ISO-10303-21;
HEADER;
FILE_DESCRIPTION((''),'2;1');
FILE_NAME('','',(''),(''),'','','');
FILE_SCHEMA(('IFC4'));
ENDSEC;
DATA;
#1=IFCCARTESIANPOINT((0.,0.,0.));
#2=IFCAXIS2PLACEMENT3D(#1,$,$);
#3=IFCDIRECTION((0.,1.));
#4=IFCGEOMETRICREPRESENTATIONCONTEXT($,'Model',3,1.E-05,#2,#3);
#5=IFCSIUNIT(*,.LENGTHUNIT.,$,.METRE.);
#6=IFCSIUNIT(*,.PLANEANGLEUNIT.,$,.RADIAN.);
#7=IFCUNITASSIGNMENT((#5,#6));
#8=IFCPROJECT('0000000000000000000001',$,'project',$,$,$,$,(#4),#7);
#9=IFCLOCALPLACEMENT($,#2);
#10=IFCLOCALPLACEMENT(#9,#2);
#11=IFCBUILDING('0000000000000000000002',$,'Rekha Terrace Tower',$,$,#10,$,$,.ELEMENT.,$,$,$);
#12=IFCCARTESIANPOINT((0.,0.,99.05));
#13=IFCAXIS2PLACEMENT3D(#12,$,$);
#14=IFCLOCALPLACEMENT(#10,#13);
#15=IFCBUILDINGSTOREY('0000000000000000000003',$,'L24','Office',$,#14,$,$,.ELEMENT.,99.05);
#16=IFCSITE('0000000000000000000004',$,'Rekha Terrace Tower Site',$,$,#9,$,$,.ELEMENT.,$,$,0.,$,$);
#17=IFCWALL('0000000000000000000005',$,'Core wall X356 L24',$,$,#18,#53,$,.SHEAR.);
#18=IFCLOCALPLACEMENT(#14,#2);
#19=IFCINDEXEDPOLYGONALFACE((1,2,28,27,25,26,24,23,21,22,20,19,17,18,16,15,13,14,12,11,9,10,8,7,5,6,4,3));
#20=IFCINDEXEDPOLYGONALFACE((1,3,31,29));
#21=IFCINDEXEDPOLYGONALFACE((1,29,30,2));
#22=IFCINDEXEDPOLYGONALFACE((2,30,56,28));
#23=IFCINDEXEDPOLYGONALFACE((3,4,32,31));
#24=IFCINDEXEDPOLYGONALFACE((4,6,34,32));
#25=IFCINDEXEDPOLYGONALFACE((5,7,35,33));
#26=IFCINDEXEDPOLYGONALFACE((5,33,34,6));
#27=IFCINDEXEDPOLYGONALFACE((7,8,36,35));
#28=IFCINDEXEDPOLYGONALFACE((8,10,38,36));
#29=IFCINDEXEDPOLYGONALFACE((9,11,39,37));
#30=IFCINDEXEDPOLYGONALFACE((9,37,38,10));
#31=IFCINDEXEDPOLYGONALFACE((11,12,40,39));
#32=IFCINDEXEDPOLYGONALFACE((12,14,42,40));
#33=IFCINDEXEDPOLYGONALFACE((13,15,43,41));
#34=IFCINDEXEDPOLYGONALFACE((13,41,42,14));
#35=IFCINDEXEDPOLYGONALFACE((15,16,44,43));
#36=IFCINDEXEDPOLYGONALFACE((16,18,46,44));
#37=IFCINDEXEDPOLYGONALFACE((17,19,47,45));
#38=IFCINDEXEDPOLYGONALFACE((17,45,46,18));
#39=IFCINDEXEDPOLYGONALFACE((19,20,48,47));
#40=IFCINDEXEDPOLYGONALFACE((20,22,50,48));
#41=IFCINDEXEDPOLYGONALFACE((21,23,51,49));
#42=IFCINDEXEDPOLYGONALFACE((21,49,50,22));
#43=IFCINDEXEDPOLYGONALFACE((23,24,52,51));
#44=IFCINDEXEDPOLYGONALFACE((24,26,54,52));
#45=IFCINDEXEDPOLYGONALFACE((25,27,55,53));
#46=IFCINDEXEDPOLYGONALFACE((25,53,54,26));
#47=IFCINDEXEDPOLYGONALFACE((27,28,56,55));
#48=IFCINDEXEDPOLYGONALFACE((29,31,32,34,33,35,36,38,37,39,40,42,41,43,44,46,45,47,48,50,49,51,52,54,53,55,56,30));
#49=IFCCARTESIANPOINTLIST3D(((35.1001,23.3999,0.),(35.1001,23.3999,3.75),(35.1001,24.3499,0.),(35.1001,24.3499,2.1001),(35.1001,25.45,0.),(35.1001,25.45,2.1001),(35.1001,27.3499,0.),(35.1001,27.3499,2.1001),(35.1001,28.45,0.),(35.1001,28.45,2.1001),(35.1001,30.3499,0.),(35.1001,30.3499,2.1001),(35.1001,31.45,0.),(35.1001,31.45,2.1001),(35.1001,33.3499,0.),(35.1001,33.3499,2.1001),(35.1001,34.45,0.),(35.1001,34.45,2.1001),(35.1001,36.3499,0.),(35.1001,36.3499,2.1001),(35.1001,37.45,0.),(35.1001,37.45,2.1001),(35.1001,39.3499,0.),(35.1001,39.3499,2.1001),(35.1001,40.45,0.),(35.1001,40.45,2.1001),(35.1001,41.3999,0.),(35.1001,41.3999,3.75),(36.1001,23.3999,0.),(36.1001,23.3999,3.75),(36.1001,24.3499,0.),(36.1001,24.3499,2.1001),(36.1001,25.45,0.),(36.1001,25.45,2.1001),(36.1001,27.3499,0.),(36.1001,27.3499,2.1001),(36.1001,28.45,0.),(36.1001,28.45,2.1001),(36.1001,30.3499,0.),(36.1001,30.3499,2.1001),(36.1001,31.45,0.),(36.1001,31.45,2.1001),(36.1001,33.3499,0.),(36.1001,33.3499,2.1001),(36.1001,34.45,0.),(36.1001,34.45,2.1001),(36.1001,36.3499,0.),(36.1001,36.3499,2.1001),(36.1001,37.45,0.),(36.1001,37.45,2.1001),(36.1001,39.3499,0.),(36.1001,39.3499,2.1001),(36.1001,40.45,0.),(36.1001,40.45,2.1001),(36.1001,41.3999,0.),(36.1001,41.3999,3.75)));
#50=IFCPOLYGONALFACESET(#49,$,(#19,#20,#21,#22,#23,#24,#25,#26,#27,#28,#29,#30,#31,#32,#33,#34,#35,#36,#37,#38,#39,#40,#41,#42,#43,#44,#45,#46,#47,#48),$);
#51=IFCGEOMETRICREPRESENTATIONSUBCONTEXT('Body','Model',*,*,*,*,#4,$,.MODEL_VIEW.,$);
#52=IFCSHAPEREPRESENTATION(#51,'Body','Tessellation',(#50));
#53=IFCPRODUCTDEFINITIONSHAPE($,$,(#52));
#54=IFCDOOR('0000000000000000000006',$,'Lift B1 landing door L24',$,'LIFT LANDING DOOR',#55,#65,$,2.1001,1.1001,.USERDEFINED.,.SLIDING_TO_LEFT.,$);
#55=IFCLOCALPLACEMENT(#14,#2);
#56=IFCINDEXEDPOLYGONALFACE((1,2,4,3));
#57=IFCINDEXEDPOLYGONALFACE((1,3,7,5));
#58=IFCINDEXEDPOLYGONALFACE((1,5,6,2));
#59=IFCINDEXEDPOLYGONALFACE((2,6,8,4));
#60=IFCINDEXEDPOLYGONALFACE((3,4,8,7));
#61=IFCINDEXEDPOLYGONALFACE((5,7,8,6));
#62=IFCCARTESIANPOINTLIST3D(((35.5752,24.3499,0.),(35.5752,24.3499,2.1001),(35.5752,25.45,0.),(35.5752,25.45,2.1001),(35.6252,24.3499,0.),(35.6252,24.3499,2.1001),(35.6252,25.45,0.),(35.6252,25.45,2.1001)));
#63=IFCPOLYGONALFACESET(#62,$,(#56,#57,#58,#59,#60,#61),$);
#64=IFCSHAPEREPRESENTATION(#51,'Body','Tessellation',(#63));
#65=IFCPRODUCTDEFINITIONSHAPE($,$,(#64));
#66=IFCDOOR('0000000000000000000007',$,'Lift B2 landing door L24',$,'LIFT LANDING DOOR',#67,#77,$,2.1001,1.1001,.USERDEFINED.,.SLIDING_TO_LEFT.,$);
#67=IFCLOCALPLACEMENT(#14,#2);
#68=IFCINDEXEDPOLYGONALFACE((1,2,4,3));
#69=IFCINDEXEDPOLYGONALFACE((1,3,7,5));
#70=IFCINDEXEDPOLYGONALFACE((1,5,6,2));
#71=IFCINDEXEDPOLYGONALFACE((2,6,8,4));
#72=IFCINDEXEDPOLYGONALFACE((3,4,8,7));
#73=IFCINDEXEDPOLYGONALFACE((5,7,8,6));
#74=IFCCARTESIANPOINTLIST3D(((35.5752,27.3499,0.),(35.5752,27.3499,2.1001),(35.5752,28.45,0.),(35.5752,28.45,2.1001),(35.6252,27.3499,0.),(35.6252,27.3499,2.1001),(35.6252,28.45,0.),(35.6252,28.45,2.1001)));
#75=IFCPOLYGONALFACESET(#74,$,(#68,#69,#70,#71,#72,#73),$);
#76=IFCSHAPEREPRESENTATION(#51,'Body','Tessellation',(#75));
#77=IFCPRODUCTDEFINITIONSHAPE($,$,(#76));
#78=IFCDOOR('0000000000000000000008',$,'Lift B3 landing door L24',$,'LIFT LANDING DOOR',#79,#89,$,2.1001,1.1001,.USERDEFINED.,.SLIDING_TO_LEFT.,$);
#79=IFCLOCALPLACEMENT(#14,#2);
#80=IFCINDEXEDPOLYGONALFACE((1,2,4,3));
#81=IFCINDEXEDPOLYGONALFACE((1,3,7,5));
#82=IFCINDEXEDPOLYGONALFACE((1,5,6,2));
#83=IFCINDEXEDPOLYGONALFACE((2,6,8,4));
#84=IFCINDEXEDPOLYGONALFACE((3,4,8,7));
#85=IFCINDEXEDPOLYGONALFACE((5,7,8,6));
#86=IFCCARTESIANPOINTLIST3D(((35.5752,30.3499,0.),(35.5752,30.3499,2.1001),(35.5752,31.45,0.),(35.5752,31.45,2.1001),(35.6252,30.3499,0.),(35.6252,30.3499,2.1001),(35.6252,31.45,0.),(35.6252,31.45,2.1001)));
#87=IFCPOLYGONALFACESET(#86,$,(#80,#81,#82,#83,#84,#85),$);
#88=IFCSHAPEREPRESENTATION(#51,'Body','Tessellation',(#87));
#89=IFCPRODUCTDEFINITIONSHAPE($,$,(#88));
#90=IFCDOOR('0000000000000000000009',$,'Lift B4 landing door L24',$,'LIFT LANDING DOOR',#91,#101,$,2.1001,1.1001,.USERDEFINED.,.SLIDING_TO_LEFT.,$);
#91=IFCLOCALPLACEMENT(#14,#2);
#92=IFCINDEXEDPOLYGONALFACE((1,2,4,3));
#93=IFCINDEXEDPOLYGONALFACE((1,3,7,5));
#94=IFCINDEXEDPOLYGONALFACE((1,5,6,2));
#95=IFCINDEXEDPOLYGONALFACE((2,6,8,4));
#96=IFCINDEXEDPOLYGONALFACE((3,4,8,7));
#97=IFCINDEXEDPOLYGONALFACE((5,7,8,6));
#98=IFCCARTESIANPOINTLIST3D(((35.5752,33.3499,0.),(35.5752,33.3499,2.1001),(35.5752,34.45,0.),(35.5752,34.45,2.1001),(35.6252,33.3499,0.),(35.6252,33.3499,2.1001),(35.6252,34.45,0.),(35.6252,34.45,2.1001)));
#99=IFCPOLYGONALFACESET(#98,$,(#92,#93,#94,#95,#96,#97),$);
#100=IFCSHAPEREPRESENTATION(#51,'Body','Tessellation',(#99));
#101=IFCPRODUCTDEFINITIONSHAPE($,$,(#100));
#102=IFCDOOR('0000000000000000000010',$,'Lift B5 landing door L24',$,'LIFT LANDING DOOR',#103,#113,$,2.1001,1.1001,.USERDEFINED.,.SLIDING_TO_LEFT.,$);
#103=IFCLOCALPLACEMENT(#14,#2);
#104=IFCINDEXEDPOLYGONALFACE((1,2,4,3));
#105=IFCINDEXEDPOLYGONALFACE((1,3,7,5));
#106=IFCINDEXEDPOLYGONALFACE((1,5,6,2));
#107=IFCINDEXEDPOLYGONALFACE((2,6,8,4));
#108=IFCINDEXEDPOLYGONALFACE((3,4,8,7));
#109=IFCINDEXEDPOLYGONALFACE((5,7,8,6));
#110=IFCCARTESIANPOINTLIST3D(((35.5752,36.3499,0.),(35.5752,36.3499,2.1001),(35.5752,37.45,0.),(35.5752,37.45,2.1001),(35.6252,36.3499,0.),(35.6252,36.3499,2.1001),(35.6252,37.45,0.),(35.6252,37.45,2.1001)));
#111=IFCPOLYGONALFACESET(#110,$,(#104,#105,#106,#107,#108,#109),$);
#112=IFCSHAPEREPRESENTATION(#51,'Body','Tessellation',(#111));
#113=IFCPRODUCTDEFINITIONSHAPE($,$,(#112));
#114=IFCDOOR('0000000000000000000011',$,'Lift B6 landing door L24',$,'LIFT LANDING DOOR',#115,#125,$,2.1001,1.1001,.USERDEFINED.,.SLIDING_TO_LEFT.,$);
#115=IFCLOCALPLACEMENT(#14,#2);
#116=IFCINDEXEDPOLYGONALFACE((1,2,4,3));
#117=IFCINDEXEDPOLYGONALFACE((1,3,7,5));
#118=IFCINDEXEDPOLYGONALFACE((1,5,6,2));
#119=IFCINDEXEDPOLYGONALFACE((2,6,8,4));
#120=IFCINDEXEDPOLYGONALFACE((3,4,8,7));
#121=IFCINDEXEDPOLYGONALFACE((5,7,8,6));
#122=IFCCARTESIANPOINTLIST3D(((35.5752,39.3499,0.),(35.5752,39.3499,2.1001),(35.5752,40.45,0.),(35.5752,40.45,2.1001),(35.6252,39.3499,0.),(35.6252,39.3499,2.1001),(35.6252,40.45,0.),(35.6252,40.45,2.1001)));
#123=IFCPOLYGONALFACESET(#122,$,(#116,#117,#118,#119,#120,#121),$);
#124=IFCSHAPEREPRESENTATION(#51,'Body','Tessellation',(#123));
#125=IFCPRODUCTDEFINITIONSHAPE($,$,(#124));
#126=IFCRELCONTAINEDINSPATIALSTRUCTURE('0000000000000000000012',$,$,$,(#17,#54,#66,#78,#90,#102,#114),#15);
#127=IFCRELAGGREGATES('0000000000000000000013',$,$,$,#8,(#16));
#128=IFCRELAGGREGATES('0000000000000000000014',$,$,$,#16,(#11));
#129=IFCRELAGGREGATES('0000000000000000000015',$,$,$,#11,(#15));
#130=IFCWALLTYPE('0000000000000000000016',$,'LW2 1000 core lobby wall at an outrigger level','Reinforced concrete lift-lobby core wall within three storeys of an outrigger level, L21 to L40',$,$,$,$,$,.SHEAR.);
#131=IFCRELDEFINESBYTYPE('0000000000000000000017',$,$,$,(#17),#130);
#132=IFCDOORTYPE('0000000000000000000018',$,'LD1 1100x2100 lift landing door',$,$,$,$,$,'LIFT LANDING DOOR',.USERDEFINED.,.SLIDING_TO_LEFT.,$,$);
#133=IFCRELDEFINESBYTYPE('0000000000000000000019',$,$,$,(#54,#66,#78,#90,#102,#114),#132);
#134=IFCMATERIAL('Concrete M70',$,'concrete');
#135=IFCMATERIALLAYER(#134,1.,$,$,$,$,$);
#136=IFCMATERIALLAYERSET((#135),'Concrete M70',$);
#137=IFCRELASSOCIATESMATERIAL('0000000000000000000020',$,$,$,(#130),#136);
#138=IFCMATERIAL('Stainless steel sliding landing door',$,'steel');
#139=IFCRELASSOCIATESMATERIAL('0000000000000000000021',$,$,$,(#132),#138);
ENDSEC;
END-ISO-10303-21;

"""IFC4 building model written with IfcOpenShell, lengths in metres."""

from ifc_helpers import new_model, si_unit, direction, frame, frame_2d, origin, place, context, subcontext, project, spatial, rectangle, extrude, material, layer, layer_set, type_object, element, fill, save


model = new_model("IFC4")

# Units and contexts
model_context = context("Model", 3, precision=1e-05, world=origin(), true_north=direction((0.0, 1.0)))
body_context = subcontext(model_context, "Body", "Model", "MODEL_VIEW")
ifc_project = project(units=[si_unit("LENGTHUNIT", "METRE"), si_unit("PLANEANGLEUNIT", "RADIAN")], contexts=[model_context])

# Site, building, storey
site_placement = place(None, origin())
site = spatial("IfcSite", under=ifc_project, at=site_placement, Name="Rekha Terrace Tower Site", CompositionType="ELEMENT", RefElevation=0.0)
building_placement = place(site_placement, origin())
building = spatial("IfcBuilding", under=site, at=building_placement, Name="Rekha Terrace Tower", CompositionType="ELEMENT")
storey_placement = place(building_placement, frame((0.0, 0.0, 99.05)))
storey = spatial("IfcBuildingStorey", under=building, at=storey_placement, Name="L24", Description="Office", CompositionType="ELEMENT", Elevation=99.05)

# Shared definitions
ifc_material_1 = material(Name="Concrete M70", Category="concrete")

# Wall, openings, doors
ifc_layer_1 = layer(ifc_material_1, 1.0)
ifc_layer_set_1 = layer_set([ifc_layer_1], Name="Concrete M70")
wall_type_1 = type_object("IfcWallType", Name="LW2 1000 core lobby wall at an outrigger level", Description="Reinforced concrete lift-lobby core wall within three storeys of an outrigger level, L21 to L40", PredefinedType="SHEAR", material=ifc_layer_set_1)
wall_1_placement = place(storey_placement, frame((35.6001, 23.3999, 0.0), z_axis=(0.0, 0.0, 1.0), x_axis=(0.0, 1.0, 0.0)))
wall_1 = element("IfcWall", 1, at=wall_1_placement, inside=storey, type_object=wall_type_1, Name="Core wall X356 L24", PredefinedType="SHEAR", context=body_context, shape_type="SweptSolid", body=[
    extrude(rectangle(XDim=18.0, YDim=1.0, at=frame_2d((9.0, 0.0))), origin(), (0.0, 0.0, 1.0), 3.75),
])
opening_1_placement = place(wall_1_placement, frame((0.95, 0.0, 0.0)))
opening_1 = element("IfcOpeningElement", 2, at=opening_1_placement, cuts=wall_1, PredefinedType="OPENING", context=body_context, shape_type="SweptSolid", body=[
    extrude(rectangle(XDim=1.1001, YDim=2.1001, at=frame_2d((0.55, 1.05))), frame((0.0, 0.51, 0.0), z_axis=(0.0, -1.0, 0.0), x_axis=(1.0, 0.0, 0.0)), (0.0, 0.0, 1.0), 1.02),
])
opening_2_placement = place(wall_1_placement, frame((3.95, 0.0, 0.0)))
opening_2 = element("IfcOpeningElement", 3, at=opening_2_placement, cuts=wall_1, PredefinedType="OPENING", context=body_context, shape_type="SweptSolid", body=[
    extrude(rectangle(XDim=1.1001, YDim=2.1001, at=frame_2d((0.55, 1.05))), frame((0.0, 0.51, 0.0), z_axis=(0.0, -1.0, 0.0), x_axis=(1.0, 0.0, 0.0)), (0.0, 0.0, 1.0), 1.02),
])
opening_3_placement = place(wall_1_placement, frame((6.95, 0.0, 0.0)))
opening_3 = element("IfcOpeningElement", 4, at=opening_3_placement, cuts=wall_1, PredefinedType="OPENING", context=body_context, shape_type="SweptSolid", body=[
    extrude(rectangle(XDim=1.1001, YDim=2.1001, at=frame_2d((0.55, 1.05))), frame((0.0, 0.51, 0.0), z_axis=(0.0, -1.0, 0.0), x_axis=(1.0, 0.0, 0.0)), (0.0, 0.0, 1.0), 1.02),
])
opening_4_placement = place(wall_1_placement, frame((9.95, 0.0, 0.0)))
opening_4 = element("IfcOpeningElement", 5, at=opening_4_placement, cuts=wall_1, PredefinedType="OPENING", context=body_context, shape_type="SweptSolid", body=[
    extrude(rectangle(XDim=1.1001, YDim=2.1001, at=frame_2d((0.55, 1.05))), frame((0.0, 0.51, 0.0), z_axis=(0.0, -1.0, 0.0), x_axis=(1.0, 0.0, 0.0)), (0.0, 0.0, 1.0), 1.02),
])
opening_5_placement = place(wall_1_placement, frame((12.95, 0.0, 0.0)))
opening_5 = element("IfcOpeningElement", 6, at=opening_5_placement, cuts=wall_1, PredefinedType="OPENING", context=body_context, shape_type="SweptSolid", body=[
    extrude(rectangle(XDim=1.1001, YDim=2.1001, at=frame_2d((0.55, 1.05))), frame((0.0, 0.51, 0.0), z_axis=(0.0, -1.0, 0.0), x_axis=(1.0, 0.0, 0.0)), (0.0, 0.0, 1.0), 1.02),
])
opening_6_placement = place(wall_1_placement, frame((15.95, 0.0, 0.0)))
opening_6 = element("IfcOpeningElement", 7, at=opening_6_placement, cuts=wall_1, PredefinedType="OPENING", context=body_context, shape_type="SweptSolid", body=[
    extrude(rectangle(XDim=1.1001, YDim=2.1001, at=frame_2d((0.55, 1.05))), frame((0.0, 0.51, 0.0), z_axis=(0.0, -1.0, 0.0), x_axis=(1.0, 0.0, 0.0)), (0.0, 0.0, 1.0), 1.02),
])
ifc_material_2 = material(Name="Stainless steel sliding landing door", Category="steel")
door_type_1 = type_object("IfcDoorType", Name="LD1 1100x2100 lift landing door", ElementType="LIFT LANDING DOOR", OperationType="SLIDING_TO_LEFT", PredefinedType="USERDEFINED", material=ifc_material_2)
door_1_placement = place(opening_1_placement, origin())
door_1 = element("IfcDoor", 8, at=door_1_placement, inside=storey, type_object=door_type_1, Name="Lift B1 landing door L24", ObjectType="LIFT LANDING DOOR", OperationType="SLIDING_TO_LEFT", OverallHeight=2.1001, OverallWidth=1.1001, PredefinedType="USERDEFINED", context=body_context, shape_type="SweptSolid", body=[
    extrude(rectangle(XDim=1.1001, YDim=2.1001, at=frame_2d((0.55, 1.05))), frame((0.0, 0.0249, 0.0), z_axis=(0.0, -1.0, 0.0), x_axis=(1.0, 0.0, 0.0)), (0.0, 0.0, 1.0), 0.05),
])
fill(opening_1, door_1)
door_2_placement = place(opening_2_placement, origin())
door_2 = element("IfcDoor", 9, at=door_2_placement, inside=storey, type_object=door_type_1, Name="Lift B2 landing door L24", ObjectType="LIFT LANDING DOOR", OperationType="SLIDING_TO_LEFT", OverallHeight=2.1001, OverallWidth=1.1001, PredefinedType="USERDEFINED", context=body_context, shape_type="SweptSolid", body=[
    extrude(rectangle(XDim=1.1001, YDim=2.1001, at=frame_2d((0.55, 1.05))), frame((0.0, 0.0249, 0.0), z_axis=(0.0, -1.0, 0.0), x_axis=(1.0, 0.0, 0.0)), (0.0, 0.0, 1.0), 0.05),
])
fill(opening_2, door_2)
door_3_placement = place(opening_3_placement, origin())
door_3 = element("IfcDoor", 10, at=door_3_placement, inside=storey, type_object=door_type_1, Name="Lift B3 landing door L24", ObjectType="LIFT LANDING DOOR", OperationType="SLIDING_TO_LEFT", OverallHeight=2.1001, OverallWidth=1.1001, PredefinedType="USERDEFINED", context=body_context, shape_type="SweptSolid", body=[
    extrude(rectangle(XDim=1.1001, YDim=2.1001, at=frame_2d((0.55, 1.05))), frame((0.0, 0.0249, 0.0), z_axis=(0.0, -1.0, 0.0), x_axis=(1.0, 0.0, 0.0)), (0.0, 0.0, 1.0), 0.05),
])
fill(opening_3, door_3)
door_4_placement = place(opening_4_placement, origin())
door_4 = element("IfcDoor", 11, at=door_4_placement, inside=storey, type_object=door_type_1, Name="Lift B4 landing door L24", ObjectType="LIFT LANDING DOOR", OperationType="SLIDING_TO_LEFT", OverallHeight=2.1001, OverallWidth=1.1001, PredefinedType="USERDEFINED", context=body_context, shape_type="SweptSolid", body=[
    extrude(rectangle(XDim=1.1001, YDim=2.1001, at=frame_2d((0.55, 1.05))), frame((0.0, 0.0249, 0.0), z_axis=(0.0, -1.0, 0.0), x_axis=(1.0, 0.0, 0.0)), (0.0, 0.0, 1.0), 0.05),
])
fill(opening_4, door_4)
door_5_placement = place(opening_5_placement, origin())
door_5 = element("IfcDoor", 12, at=door_5_placement, inside=storey, type_object=door_type_1, Name="Lift B5 landing door L24", ObjectType="LIFT LANDING DOOR", OperationType="SLIDING_TO_LEFT", OverallHeight=2.1001, OverallWidth=1.1001, PredefinedType="USERDEFINED", context=body_context, shape_type="SweptSolid", body=[
    extrude(rectangle(XDim=1.1001, YDim=2.1001, at=frame_2d((0.55, 1.05))), frame((0.0, 0.0249, 0.0), z_axis=(0.0, -1.0, 0.0), x_axis=(1.0, 0.0, 0.0)), (0.0, 0.0, 1.0), 0.05),
])
fill(opening_5, door_5)
door_6_placement = place(opening_6_placement, origin())
door_6 = element("IfcDoor", 13, at=door_6_placement, inside=storey, type_object=door_type_1, Name="Lift B6 landing door L24", ObjectType="LIFT LANDING DOOR", OperationType="SLIDING_TO_LEFT", OverallHeight=2.1001, OverallWidth=1.1001, PredefinedType="USERDEFINED", context=body_context, shape_type="SweptSolid", body=[
    extrude(rectangle(XDim=1.1001, YDim=2.1001, at=frame_2d((0.55, 1.05))), frame((0.0, 0.0249, 0.0), z_axis=(0.0, -1.0, 0.0), x_axis=(1.0, 0.0, 0.0)), (0.0, 0.0, 1.0), 0.05),
])
fill(opening_6, door_6)

save(model, "model.ifc")
